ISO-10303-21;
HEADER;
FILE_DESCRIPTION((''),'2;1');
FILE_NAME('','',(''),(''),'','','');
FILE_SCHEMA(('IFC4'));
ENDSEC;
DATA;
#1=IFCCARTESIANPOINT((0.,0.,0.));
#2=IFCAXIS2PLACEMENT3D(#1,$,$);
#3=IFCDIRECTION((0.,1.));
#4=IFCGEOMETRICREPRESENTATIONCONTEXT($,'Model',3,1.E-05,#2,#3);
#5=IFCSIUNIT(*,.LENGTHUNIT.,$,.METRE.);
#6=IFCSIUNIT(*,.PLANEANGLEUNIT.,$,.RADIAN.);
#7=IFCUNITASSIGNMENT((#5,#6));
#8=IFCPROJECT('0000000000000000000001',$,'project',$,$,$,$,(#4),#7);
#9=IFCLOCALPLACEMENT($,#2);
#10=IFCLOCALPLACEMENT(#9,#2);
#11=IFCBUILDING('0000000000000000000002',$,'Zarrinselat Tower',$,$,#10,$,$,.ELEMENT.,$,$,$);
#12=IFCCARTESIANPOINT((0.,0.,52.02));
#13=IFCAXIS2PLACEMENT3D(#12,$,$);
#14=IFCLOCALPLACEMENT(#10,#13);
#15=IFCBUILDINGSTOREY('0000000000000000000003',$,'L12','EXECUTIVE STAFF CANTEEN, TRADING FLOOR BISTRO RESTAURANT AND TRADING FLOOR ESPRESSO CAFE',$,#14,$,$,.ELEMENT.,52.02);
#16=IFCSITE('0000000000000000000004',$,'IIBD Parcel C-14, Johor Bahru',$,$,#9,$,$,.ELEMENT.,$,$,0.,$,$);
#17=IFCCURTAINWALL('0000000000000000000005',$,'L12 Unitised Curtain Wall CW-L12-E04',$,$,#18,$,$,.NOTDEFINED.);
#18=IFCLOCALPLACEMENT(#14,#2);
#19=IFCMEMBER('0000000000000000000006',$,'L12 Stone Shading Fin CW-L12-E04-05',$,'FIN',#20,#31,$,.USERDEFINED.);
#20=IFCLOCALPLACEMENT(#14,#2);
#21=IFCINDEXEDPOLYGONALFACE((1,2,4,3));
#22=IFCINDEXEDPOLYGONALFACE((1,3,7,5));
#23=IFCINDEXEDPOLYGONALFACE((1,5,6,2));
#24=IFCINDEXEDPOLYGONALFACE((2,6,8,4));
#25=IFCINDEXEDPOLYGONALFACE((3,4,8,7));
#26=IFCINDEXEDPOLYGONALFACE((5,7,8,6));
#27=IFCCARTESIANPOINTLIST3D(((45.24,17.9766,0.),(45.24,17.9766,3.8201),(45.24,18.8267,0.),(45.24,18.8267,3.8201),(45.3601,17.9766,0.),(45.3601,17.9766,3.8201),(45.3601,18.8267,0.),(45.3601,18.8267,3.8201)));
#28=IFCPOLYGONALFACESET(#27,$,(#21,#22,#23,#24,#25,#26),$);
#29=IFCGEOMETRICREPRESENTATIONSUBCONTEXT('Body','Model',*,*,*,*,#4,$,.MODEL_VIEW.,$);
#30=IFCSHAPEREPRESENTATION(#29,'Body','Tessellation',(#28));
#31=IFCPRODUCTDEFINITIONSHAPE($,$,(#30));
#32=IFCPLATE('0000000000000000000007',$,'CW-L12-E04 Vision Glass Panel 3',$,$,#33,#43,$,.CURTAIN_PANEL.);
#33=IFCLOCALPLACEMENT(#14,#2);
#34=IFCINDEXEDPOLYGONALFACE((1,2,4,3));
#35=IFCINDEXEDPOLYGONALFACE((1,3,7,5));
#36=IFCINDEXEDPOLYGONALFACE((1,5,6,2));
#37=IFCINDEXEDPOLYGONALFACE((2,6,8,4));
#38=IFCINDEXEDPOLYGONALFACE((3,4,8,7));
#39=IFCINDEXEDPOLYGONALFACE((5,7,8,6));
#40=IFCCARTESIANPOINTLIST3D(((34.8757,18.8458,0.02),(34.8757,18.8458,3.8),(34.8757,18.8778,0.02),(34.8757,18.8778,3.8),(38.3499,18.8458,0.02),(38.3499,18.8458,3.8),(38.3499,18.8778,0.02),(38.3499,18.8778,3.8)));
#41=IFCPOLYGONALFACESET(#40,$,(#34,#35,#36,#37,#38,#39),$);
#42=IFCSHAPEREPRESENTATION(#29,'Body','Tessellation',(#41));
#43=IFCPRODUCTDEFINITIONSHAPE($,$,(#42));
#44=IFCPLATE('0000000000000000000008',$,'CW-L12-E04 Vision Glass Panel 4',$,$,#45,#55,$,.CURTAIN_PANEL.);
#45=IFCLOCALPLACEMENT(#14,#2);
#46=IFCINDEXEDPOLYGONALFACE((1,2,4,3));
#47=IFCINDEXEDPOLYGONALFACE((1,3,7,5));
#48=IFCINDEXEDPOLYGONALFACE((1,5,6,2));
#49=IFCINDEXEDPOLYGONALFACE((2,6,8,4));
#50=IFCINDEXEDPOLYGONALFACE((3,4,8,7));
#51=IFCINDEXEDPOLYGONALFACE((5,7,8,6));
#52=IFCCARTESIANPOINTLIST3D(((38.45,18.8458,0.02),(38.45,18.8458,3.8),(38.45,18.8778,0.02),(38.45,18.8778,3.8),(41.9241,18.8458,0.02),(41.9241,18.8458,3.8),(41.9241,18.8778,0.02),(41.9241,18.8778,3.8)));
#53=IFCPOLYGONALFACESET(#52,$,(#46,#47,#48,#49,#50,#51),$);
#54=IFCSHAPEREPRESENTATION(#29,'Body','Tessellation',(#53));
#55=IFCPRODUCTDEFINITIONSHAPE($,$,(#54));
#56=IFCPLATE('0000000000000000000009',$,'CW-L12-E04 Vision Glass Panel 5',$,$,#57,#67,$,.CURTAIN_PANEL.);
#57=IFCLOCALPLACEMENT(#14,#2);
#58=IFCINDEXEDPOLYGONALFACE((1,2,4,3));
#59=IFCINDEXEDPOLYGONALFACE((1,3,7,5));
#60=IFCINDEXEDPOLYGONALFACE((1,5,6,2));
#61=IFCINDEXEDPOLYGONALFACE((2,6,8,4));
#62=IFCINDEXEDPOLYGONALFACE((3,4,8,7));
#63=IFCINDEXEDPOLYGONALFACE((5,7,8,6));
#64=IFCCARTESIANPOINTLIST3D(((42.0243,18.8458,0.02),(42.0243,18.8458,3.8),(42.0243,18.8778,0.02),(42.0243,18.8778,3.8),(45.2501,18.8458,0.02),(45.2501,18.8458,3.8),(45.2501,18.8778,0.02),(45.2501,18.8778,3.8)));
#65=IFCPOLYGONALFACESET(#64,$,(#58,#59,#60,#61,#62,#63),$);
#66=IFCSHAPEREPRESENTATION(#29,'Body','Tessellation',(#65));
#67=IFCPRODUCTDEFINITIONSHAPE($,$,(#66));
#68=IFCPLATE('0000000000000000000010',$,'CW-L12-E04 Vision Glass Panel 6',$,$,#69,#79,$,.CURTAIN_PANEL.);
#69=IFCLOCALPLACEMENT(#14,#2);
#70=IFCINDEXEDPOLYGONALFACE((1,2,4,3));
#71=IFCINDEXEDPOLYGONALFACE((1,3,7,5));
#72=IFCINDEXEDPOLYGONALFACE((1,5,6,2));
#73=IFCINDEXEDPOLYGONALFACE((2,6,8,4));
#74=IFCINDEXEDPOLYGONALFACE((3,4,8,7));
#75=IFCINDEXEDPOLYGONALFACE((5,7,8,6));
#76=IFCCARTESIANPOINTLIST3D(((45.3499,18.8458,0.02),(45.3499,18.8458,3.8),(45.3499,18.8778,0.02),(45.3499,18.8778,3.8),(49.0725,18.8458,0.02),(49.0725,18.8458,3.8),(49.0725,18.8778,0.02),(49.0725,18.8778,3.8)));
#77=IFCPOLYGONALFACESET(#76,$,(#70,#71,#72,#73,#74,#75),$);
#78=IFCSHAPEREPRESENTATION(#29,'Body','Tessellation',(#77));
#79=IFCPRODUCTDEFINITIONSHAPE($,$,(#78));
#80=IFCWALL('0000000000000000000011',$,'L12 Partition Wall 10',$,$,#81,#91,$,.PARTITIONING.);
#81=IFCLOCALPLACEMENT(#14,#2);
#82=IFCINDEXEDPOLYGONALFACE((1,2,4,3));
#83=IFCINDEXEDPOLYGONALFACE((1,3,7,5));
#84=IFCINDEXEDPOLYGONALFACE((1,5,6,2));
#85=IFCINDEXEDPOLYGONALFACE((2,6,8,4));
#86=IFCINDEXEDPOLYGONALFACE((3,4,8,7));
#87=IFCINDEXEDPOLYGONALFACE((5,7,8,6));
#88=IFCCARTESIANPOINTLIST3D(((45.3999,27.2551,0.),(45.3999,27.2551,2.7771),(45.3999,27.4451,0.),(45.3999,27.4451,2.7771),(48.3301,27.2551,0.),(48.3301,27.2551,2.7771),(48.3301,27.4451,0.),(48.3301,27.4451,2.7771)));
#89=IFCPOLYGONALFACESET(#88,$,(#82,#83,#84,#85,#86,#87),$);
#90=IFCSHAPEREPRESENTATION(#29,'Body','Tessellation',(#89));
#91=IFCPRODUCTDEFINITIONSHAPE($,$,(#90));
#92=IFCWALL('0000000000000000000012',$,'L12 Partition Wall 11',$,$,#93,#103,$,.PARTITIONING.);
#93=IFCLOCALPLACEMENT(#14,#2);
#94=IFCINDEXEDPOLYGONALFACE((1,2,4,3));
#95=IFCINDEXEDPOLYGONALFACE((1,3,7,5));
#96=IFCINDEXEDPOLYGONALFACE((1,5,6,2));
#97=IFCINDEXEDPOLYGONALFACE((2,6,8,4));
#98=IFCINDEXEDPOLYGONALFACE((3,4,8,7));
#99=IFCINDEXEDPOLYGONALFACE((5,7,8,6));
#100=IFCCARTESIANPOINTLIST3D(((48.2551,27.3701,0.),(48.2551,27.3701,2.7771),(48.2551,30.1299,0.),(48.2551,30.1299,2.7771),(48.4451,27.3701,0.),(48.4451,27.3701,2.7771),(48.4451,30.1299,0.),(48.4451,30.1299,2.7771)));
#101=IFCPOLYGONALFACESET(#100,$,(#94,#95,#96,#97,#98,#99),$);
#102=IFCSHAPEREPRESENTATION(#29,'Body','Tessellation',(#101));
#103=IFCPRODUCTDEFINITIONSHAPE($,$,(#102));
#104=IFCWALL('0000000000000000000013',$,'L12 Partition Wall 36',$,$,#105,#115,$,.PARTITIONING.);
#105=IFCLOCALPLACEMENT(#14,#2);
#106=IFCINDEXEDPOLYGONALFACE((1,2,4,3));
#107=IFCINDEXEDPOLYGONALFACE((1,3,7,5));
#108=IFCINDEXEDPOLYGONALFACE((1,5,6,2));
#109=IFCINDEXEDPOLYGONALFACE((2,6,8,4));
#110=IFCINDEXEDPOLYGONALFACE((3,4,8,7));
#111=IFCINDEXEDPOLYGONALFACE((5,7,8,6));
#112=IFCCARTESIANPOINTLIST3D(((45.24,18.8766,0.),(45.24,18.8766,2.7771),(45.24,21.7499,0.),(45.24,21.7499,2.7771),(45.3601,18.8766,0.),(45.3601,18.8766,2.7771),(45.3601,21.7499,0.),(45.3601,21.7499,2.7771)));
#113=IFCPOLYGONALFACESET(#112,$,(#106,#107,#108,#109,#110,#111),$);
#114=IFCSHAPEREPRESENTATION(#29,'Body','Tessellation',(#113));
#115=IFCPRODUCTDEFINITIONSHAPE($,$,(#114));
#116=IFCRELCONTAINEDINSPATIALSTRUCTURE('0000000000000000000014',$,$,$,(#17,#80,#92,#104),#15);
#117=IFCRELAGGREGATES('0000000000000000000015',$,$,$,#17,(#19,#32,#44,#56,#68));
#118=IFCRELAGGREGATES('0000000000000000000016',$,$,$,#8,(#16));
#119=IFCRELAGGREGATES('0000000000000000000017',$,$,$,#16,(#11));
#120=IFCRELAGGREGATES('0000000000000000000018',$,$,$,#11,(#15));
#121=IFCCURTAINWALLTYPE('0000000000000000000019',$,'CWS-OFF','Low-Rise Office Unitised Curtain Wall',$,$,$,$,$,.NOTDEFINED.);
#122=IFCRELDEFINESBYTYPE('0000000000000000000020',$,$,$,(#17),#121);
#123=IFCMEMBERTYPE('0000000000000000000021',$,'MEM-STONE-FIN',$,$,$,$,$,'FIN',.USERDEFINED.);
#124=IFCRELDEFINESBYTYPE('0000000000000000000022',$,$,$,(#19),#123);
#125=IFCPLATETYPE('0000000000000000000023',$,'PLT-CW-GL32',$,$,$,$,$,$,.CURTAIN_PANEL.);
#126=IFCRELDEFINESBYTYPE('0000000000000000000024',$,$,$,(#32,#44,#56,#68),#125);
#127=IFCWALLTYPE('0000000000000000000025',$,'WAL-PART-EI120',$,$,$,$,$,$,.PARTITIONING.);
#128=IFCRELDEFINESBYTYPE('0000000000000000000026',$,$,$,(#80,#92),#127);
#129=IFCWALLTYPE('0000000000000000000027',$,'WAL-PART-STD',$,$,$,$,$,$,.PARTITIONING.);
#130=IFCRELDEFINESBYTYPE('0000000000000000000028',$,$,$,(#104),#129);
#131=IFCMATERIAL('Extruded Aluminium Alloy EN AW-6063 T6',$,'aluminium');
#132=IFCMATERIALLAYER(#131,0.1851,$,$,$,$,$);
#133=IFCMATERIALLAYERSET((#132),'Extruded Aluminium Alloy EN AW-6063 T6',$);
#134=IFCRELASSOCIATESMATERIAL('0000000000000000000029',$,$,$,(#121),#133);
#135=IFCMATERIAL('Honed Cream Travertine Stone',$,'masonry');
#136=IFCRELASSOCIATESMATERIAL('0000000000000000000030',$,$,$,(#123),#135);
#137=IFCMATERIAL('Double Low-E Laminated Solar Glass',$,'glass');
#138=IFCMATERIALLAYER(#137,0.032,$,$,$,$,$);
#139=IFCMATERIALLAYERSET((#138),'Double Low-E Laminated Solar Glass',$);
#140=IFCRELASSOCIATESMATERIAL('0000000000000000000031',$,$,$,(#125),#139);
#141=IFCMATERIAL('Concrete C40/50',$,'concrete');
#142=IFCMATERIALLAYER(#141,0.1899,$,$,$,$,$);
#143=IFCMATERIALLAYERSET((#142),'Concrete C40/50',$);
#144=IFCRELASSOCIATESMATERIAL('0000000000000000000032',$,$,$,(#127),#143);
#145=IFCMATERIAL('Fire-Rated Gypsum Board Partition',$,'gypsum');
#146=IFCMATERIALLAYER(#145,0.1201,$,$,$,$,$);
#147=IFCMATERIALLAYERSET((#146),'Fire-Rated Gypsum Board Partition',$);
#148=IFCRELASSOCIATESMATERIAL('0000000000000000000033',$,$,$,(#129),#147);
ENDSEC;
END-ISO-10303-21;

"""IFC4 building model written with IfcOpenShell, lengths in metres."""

from ifc_helpers import new_model, si_unit, direction, frame, frame_2d, origin, origin_2d, place, context, subcontext, project, spatial, rectangle, extrude, material, layer, layer_set, material_profile, profile_set, type_object, element, aggregate, save


model = new_model("IFC4")

# Units and contexts
model_context = context("Model", 3, precision=1e-05, world=origin(), true_north=direction((0.0, 1.0)))
body_context = subcontext(model_context, "Body", "Model", "MODEL_VIEW")
ifc_project = project(units=[si_unit("LENGTHUNIT", "METRE"), si_unit("PLANEANGLEUNIT", "RADIAN")], contexts=[model_context])

# Site, building, storey
site_placement = place(None, origin())
site = spatial("IfcSite", under=ifc_project, at=site_placement, Name="IIBD Parcel C-14, Johor Bahru", CompositionType="ELEMENT", RefElevation=0.0)
building_placement = place(site_placement, origin())
building = spatial("IfcBuilding", under=site, at=building_placement, Name="Zarrinselat Tower", CompositionType="ELEMENT")
storey_placement = place(building_placement, frame((0.0, 0.0, 52.02)))
storey = spatial("IfcBuildingStorey", under=building, at=storey_placement, Name="L12", Description="EXECUTIVE STAFF CANTEEN, TRADING FLOOR BISTRO RESTAURANT AND TRADING FLOOR ESPRESSO CAFE", CompositionType="ELEMENT", Elevation=52.02)

# Curtain wall, member, plates
ifc_material_1 = material(Name="Extruded Aluminium Alloy EN AW-6063 T6", Category="aluminium")
ifc_layer_1 = layer(ifc_material_1, 0.1851)
ifc_layer_set_1 = layer_set([ifc_layer_1], Name="Extruded Aluminium Alloy EN AW-6063 T6")
curtain_wall_type = type_object("IfcCurtainWallType", Name="CWS-OFF", Description="Low-Rise Office Unitised Curtain Wall", PredefinedType="NOTDEFINED", material=ifc_layer_set_1)
curtain_wall_placement = place(storey_placement, origin())
curtain_wall = element("IfcCurtainWall", 1, at=curtain_wall_placement, inside=storey, type_object=curtain_wall_type, Name="L12 Unitised Curtain Wall CW-L12-E04", PredefinedType="NOTDEFINED")
ifc_material_2 = material(Name="Honed Cream Travertine Stone", Category="masonry")
ifc_material_profile_1 = material_profile(ifc_material_2, rectangle(XDim=0.1201, YDim=0.8501, at=origin_2d()), Name="FIN 850x120")
ifc_profile_set_1 = profile_set([ifc_material_profile_1], Name="Honed Cream Travertine Stone")
member_type_1 = type_object("IfcMemberType", Name="MEM-STONE-FIN", ElementType="FIN", PredefinedType="USERDEFINED", material=ifc_profile_set_1)
member_1_placement = place(storey_placement, frame((45.3, 18.4016, 0.0), z_axis=(0.0, 0.0, 1.0), x_axis=(-1.0, 0.0, 0.0)))
member_1 = element("IfcMember", 2, at=member_1_placement, type_object=member_type_1, Name="L12 Stone Shading Fin CW-L12-E04-05", ObjectType="FIN", PredefinedType="USERDEFINED", context=body_context, shape_type="SweptSolid", body=[
    extrude(rectangle(XDim=0.1201, YDim=0.8501, at=origin_2d()), origin(), (0.0, 0.0, 1.0), 3.8201),
])
ifc_material_3 = material(Name="Double Low-E Laminated Solar Glass", Category="glass")
ifc_layer_2 = layer(ifc_material_3, 0.032)
ifc_layer_set_2 = layer_set([ifc_layer_2], Name="Double Low-E Laminated Solar Glass")
plate_type = type_object("IfcPlateType", Name="PLT-CW-GL32", PredefinedType="CURTAIN_PANEL", material=ifc_layer_set_2)
plate_1_placement = place(storey_placement, frame((36.6128, 18.8618, 0.02), z_axis=(0.0, 0.0, 1.0), x_axis=(1.0, 0.0, 0.0)))
plate_1 = element("IfcPlate", 3, at=plate_1_placement, type_object=plate_type, Name="CW-L12-E04 Vision Glass Panel 3", PredefinedType="CURTAIN_PANEL", context=body_context, shape_type="SweptSolid", body=[
    extrude(rectangle(XDim=3.4741, YDim=0.032, at=origin_2d()), origin(), (0.0, 0.0, 1.0), 3.78),
])
plate_2_placement = place(storey_placement, frame((40.187, 18.8618, 0.02), z_axis=(0.0, 0.0, 1.0), x_axis=(1.0, 0.0, 0.0)))
plate_2 = element("IfcPlate", 4, at=plate_2_placement, type_object=plate_type, Name="CW-L12-E04 Vision Glass Panel 4", PredefinedType="CURTAIN_PANEL", context=body_context, shape_type="SweptSolid", body=[
    extrude(rectangle(XDim=3.4741, YDim=0.032, at=origin_2d()), origin(), (0.0, 0.0, 1.0), 3.78),
])
plate_3_placement = place(storey_placement, frame((43.6372, 18.8618, 0.02), z_axis=(0.0, 0.0, 1.0), x_axis=(1.0, 0.0, 0.0)))
plate_3 = element("IfcPlate", 5, at=plate_3_placement, type_object=plate_type, Name="CW-L12-E04 Vision Glass Panel 5", PredefinedType="CURTAIN_PANEL", context=body_context, shape_type="SweptSolid", body=[
    extrude(rectangle(XDim=3.2258, YDim=0.032, at=origin_2d()), origin(), (0.0, 0.0, 1.0), 3.78),
])
plate_4_placement = place(storey_placement, frame((47.2112, 18.8618, 0.02), z_axis=(0.0, 0.0, 1.0), x_axis=(1.0, 0.0, 0.0)))
plate_4 = element("IfcPlate", 6, at=plate_4_placement, type_object=plate_type, Name="CW-L12-E04 Vision Glass Panel 6", PredefinedType="CURTAIN_PANEL", context=body_context, shape_type="SweptSolid", body=[
    extrude(rectangle(XDim=3.7227, YDim=0.032, at=origin_2d()), origin(), (0.0, 0.0, 1.0), 3.78),
])
aggregate(curtain_wall, [member_1, plate_1, plate_2, plate_3, plate_4])

# Walls
ifc_material_4 = material(Name="Concrete C40/50", Category="concrete")
ifc_layer_3 = layer(ifc_material_4, 0.1899)
ifc_layer_set_3 = layer_set([ifc_layer_3], Name="Concrete C40/50")
wall_type_1 = type_object("IfcWallType", Name="WAL-PART-EI120", PredefinedType="PARTITIONING", material=ifc_layer_set_3)
wall_1_placement = place(storey_placement, frame((45.3999, 27.3501, 0.0), z_axis=(0.0, 0.0, 1.0), x_axis=(1.0, 0.0, 0.0)))
element("IfcWall", 7, at=wall_1_placement, inside=storey, type_object=wall_type_1, Name="L12 Partition Wall 10", PredefinedType="PARTITIONING", context=body_context, shape_type="SweptSolid", body=[
    extrude(rectangle(XDim=2.9302, YDim=0.1899, at=frame_2d((1.4651, 0.0))), origin(), (0.0, 0.0, 1.0), 2.7771),
])
wall_2_placement = place(storey_placement, frame((48.3501, 27.3701, 0.0), z_axis=(0.0, 0.0, 1.0), x_axis=(0.0, 1.0, 0.0)))
element("IfcWall", 8, at=wall_2_placement, inside=storey, type_object=wall_type_1, Name="L12 Partition Wall 11", PredefinedType="PARTITIONING", context=body_context, shape_type="SweptSolid", body=[
    extrude(rectangle(XDim=2.7598, YDim=0.1899, at=frame_2d((1.3799, 0.0))), origin(), (0.0, 0.0, 1.0), 2.7771),
])
ifc_material_5 = material(Name="Fire-Rated Gypsum Board Partition", Category="gypsum")
ifc_layer_4 = layer(ifc_material_5, 0.1201)
ifc_layer_set_4 = layer_set([ifc_layer_4], Name="Fire-Rated Gypsum Board Partition")
wall_type_2 = type_object("IfcWallType", Name="WAL-PART-STD", PredefinedType="PARTITIONING", material=ifc_layer_set_4)
wall_3_placement = place(storey_placement, frame((45.3, 18.8767, 0.0), z_axis=(0.0, 0.0, 1.0), x_axis=(0.0, 1.0, 0.0)))
element("IfcWall", 9, at=wall_3_placement, inside=storey, type_object=wall_type_2, Name="L12 Partition Wall 36", PredefinedType="PARTITIONING", context=body_context, shape_type="SweptSolid", body=[
    extrude(rectangle(XDim=2.8733, YDim=0.1201, at=frame_2d((1.4365, 0.0))), origin(), (0.0, 0.0, 1.0), 2.7771),
])

save(model, "model.ifc")
